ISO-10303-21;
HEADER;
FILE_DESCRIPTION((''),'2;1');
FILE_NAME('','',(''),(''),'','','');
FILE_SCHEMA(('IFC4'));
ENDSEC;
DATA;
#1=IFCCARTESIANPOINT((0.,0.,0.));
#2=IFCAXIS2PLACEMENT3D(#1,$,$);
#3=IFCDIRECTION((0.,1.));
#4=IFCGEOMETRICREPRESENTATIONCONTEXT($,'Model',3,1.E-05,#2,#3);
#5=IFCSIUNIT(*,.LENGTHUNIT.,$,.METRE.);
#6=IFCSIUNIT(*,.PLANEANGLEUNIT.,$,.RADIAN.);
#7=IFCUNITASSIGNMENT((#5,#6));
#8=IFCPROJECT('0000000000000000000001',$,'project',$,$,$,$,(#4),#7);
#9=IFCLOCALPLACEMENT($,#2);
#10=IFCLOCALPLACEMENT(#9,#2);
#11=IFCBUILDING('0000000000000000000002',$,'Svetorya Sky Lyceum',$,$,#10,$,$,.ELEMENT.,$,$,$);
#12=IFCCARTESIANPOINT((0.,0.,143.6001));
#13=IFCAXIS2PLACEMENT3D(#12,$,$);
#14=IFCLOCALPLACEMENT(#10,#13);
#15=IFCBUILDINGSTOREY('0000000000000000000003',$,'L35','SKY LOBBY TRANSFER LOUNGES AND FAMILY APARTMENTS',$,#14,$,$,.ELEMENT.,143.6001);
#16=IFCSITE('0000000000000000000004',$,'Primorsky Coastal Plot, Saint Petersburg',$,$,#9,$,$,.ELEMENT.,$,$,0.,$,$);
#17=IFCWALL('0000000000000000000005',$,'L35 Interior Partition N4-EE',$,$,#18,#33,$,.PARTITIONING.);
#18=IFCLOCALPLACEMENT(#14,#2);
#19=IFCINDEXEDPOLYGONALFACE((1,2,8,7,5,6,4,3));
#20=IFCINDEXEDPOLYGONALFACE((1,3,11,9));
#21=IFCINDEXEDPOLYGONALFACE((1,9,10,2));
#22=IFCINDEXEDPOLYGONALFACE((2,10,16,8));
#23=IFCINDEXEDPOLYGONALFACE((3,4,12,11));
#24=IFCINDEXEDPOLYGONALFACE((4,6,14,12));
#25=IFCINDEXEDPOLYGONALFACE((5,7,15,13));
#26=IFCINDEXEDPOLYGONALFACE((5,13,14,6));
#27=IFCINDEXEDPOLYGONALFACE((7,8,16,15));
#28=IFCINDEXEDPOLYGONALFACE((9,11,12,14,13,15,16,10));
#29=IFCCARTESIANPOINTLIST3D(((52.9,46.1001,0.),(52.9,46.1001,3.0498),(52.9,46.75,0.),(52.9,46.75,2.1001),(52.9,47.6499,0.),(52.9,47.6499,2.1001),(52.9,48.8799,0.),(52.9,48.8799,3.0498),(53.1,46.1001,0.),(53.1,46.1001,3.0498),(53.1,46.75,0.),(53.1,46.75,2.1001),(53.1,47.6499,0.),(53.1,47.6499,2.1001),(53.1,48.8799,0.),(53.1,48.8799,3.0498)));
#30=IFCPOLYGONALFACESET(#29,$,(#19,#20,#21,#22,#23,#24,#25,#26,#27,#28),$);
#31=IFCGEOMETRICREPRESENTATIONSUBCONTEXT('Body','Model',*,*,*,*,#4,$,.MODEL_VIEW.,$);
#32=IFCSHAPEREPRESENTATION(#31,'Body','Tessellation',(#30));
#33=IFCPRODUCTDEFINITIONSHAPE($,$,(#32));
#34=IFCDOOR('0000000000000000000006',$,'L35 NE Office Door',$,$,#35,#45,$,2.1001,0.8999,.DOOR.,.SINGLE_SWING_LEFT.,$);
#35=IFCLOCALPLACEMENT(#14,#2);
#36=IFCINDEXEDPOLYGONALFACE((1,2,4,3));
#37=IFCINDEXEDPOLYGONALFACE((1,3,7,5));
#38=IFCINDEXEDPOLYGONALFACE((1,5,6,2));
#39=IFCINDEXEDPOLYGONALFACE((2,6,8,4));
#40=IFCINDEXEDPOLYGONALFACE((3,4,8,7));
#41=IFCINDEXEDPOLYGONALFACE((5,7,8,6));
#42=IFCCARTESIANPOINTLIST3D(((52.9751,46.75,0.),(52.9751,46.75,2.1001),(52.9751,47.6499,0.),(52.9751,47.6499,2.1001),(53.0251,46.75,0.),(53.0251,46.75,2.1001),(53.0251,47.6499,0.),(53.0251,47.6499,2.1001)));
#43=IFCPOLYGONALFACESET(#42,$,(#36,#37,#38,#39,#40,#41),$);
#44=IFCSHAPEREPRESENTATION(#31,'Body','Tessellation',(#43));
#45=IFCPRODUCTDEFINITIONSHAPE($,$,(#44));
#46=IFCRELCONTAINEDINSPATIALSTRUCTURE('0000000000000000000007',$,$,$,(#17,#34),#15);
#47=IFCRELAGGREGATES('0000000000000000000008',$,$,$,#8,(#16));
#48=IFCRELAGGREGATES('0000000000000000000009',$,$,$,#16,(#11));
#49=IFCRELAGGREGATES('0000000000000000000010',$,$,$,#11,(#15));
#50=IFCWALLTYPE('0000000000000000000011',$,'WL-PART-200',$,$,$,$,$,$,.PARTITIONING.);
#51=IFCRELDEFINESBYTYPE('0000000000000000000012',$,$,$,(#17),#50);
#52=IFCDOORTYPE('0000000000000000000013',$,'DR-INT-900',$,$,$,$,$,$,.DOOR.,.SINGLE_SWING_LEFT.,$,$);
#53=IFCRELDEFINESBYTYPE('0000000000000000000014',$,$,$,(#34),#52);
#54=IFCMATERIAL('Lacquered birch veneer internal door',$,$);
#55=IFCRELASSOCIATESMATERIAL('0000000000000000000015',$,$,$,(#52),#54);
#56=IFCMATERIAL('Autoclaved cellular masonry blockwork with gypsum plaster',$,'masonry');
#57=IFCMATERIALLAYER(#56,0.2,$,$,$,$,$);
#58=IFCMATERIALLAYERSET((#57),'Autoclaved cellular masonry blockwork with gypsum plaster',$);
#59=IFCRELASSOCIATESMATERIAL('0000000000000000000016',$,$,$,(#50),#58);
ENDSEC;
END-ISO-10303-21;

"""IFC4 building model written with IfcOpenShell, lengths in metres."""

from ifc_helpers import new_model, si_unit, direction, frame, frame_2d, origin, place, context, subcontext, project, spatial, rectangle, extrude, material, layer, layer_set, type_object, element, fill, save


model = new_model("IFC4")

# Units and contexts
model_context = context("Model", 3, precision=1e-05, world=origin(), true_north=direction((0.0, 1.0)))
body_context = subcontext(model_context, "Body", "Model", "MODEL_VIEW")
ifc_project = project(units=[si_unit("LENGTHUNIT", "METRE"), si_unit("PLANEANGLEUNIT", "RADIAN")], contexts=[model_context])

# Site, building, storey
site_placement = place(None, origin())
site = spatial("IfcSite", under=ifc_project, at=site_placement, Name="Primorsky Coastal Plot, Saint Petersburg", CompositionType="ELEMENT", RefElevation=0.0)
building_placement = place(site_placement, origin())
building = spatial("IfcBuilding", under=site, at=building_placement, Name="Svetorya Sky Lyceum", CompositionType="ELEMENT")
storey_placement = place(building_placement, frame((0.0, 0.0, 143.6001)))
storey = spatial("IfcBuildingStorey", under=building, at=storey_placement, Name="L35", Description="SKY LOBBY TRANSFER LOUNGES AND FAMILY APARTMENTS", CompositionType="ELEMENT", Elevation=143.6001)

# Shared definitions
ifc_material_1 = material(Name="Lacquered birch veneer internal door")
door_type = type_object("IfcDoorType", Name="DR-INT-900", OperationType="SINGLE_SWING_LEFT", PredefinedType="DOOR", material=ifc_material_1)

# Shared definitions
ifc_material_2 = material(Name="Autoclaved cellular masonry blockwork with gypsum plaster", Category="masonry")
ifc_layer_1 = layer(ifc_material_2, 0.2)
ifc_layer_set_1 = layer_set([ifc_layer_1], Name="Autoclaved cellular masonry blockwork with gypsum plaster")
wall_type_1 = type_object("IfcWallType", Name="WL-PART-200", PredefinedType="PARTITIONING", material=ifc_layer_set_1)

# Wall, opening, door
wall_1_placement = place(storey_placement, frame((53.0, 46.1001, 0.0), z_axis=(0.0, 0.0, 1.0), x_axis=(0.0, 1.0, 0.0)))
wall_1 = element("IfcWall", 1, at=wall_1_placement, inside=storey, type_object=wall_type_1, Name="L35 Interior Partition N4-EE", PredefinedType="PARTITIONING", context=body_context, shape_type="SweptSolid", body=[
    extrude(rectangle(XDim=2.7798, YDim=0.2, at=frame_2d((1.3899, 0.0))), origin(), (0.0, 0.0, 1.0), 3.0498),
])
opening_1_placement = place(wall_1_placement, frame((0.6499, 0.0, 0.0)))
opening_1 = element("IfcOpeningElement", 2, at=opening_1_placement, cuts=wall_1, PredefinedType="OPENING", context=body_context, shape_type="SweptSolid", body=[
    extrude(rectangle(XDim=0.8999, YDim=2.1001, at=frame_2d((0.45, 1.05))), frame((0.0, 0.1099, 0.0), z_axis=(0.0, -1.0, 0.0), x_axis=(1.0, 0.0, 0.0)), (0.0, 0.0, 1.0), 0.22),
])
door_1_placement = place(opening_1_placement, origin())
door_1 = element("IfcDoor", 3, at=door_1_placement, inside=storey, type_object=door_type, Name="L35 NE Office Door", OperationType="SINGLE_SWING_LEFT", OverallHeight=2.1001, OverallWidth=0.8999, PredefinedType="DOOR", context=body_context, shape_type="SweptSolid", body=[
    extrude(rectangle(XDim=0.8999, YDim=2.1001, at=frame_2d((0.45, 1.05))), frame((0.0, 0.0249, 0.0), z_axis=(0.0, -1.0, 0.0), x_axis=(1.0, 0.0, 0.0)), (0.0, 0.0, 1.0), 0.05),
])
fill(opening_1, door_1)

save(model, "model.ifc")
